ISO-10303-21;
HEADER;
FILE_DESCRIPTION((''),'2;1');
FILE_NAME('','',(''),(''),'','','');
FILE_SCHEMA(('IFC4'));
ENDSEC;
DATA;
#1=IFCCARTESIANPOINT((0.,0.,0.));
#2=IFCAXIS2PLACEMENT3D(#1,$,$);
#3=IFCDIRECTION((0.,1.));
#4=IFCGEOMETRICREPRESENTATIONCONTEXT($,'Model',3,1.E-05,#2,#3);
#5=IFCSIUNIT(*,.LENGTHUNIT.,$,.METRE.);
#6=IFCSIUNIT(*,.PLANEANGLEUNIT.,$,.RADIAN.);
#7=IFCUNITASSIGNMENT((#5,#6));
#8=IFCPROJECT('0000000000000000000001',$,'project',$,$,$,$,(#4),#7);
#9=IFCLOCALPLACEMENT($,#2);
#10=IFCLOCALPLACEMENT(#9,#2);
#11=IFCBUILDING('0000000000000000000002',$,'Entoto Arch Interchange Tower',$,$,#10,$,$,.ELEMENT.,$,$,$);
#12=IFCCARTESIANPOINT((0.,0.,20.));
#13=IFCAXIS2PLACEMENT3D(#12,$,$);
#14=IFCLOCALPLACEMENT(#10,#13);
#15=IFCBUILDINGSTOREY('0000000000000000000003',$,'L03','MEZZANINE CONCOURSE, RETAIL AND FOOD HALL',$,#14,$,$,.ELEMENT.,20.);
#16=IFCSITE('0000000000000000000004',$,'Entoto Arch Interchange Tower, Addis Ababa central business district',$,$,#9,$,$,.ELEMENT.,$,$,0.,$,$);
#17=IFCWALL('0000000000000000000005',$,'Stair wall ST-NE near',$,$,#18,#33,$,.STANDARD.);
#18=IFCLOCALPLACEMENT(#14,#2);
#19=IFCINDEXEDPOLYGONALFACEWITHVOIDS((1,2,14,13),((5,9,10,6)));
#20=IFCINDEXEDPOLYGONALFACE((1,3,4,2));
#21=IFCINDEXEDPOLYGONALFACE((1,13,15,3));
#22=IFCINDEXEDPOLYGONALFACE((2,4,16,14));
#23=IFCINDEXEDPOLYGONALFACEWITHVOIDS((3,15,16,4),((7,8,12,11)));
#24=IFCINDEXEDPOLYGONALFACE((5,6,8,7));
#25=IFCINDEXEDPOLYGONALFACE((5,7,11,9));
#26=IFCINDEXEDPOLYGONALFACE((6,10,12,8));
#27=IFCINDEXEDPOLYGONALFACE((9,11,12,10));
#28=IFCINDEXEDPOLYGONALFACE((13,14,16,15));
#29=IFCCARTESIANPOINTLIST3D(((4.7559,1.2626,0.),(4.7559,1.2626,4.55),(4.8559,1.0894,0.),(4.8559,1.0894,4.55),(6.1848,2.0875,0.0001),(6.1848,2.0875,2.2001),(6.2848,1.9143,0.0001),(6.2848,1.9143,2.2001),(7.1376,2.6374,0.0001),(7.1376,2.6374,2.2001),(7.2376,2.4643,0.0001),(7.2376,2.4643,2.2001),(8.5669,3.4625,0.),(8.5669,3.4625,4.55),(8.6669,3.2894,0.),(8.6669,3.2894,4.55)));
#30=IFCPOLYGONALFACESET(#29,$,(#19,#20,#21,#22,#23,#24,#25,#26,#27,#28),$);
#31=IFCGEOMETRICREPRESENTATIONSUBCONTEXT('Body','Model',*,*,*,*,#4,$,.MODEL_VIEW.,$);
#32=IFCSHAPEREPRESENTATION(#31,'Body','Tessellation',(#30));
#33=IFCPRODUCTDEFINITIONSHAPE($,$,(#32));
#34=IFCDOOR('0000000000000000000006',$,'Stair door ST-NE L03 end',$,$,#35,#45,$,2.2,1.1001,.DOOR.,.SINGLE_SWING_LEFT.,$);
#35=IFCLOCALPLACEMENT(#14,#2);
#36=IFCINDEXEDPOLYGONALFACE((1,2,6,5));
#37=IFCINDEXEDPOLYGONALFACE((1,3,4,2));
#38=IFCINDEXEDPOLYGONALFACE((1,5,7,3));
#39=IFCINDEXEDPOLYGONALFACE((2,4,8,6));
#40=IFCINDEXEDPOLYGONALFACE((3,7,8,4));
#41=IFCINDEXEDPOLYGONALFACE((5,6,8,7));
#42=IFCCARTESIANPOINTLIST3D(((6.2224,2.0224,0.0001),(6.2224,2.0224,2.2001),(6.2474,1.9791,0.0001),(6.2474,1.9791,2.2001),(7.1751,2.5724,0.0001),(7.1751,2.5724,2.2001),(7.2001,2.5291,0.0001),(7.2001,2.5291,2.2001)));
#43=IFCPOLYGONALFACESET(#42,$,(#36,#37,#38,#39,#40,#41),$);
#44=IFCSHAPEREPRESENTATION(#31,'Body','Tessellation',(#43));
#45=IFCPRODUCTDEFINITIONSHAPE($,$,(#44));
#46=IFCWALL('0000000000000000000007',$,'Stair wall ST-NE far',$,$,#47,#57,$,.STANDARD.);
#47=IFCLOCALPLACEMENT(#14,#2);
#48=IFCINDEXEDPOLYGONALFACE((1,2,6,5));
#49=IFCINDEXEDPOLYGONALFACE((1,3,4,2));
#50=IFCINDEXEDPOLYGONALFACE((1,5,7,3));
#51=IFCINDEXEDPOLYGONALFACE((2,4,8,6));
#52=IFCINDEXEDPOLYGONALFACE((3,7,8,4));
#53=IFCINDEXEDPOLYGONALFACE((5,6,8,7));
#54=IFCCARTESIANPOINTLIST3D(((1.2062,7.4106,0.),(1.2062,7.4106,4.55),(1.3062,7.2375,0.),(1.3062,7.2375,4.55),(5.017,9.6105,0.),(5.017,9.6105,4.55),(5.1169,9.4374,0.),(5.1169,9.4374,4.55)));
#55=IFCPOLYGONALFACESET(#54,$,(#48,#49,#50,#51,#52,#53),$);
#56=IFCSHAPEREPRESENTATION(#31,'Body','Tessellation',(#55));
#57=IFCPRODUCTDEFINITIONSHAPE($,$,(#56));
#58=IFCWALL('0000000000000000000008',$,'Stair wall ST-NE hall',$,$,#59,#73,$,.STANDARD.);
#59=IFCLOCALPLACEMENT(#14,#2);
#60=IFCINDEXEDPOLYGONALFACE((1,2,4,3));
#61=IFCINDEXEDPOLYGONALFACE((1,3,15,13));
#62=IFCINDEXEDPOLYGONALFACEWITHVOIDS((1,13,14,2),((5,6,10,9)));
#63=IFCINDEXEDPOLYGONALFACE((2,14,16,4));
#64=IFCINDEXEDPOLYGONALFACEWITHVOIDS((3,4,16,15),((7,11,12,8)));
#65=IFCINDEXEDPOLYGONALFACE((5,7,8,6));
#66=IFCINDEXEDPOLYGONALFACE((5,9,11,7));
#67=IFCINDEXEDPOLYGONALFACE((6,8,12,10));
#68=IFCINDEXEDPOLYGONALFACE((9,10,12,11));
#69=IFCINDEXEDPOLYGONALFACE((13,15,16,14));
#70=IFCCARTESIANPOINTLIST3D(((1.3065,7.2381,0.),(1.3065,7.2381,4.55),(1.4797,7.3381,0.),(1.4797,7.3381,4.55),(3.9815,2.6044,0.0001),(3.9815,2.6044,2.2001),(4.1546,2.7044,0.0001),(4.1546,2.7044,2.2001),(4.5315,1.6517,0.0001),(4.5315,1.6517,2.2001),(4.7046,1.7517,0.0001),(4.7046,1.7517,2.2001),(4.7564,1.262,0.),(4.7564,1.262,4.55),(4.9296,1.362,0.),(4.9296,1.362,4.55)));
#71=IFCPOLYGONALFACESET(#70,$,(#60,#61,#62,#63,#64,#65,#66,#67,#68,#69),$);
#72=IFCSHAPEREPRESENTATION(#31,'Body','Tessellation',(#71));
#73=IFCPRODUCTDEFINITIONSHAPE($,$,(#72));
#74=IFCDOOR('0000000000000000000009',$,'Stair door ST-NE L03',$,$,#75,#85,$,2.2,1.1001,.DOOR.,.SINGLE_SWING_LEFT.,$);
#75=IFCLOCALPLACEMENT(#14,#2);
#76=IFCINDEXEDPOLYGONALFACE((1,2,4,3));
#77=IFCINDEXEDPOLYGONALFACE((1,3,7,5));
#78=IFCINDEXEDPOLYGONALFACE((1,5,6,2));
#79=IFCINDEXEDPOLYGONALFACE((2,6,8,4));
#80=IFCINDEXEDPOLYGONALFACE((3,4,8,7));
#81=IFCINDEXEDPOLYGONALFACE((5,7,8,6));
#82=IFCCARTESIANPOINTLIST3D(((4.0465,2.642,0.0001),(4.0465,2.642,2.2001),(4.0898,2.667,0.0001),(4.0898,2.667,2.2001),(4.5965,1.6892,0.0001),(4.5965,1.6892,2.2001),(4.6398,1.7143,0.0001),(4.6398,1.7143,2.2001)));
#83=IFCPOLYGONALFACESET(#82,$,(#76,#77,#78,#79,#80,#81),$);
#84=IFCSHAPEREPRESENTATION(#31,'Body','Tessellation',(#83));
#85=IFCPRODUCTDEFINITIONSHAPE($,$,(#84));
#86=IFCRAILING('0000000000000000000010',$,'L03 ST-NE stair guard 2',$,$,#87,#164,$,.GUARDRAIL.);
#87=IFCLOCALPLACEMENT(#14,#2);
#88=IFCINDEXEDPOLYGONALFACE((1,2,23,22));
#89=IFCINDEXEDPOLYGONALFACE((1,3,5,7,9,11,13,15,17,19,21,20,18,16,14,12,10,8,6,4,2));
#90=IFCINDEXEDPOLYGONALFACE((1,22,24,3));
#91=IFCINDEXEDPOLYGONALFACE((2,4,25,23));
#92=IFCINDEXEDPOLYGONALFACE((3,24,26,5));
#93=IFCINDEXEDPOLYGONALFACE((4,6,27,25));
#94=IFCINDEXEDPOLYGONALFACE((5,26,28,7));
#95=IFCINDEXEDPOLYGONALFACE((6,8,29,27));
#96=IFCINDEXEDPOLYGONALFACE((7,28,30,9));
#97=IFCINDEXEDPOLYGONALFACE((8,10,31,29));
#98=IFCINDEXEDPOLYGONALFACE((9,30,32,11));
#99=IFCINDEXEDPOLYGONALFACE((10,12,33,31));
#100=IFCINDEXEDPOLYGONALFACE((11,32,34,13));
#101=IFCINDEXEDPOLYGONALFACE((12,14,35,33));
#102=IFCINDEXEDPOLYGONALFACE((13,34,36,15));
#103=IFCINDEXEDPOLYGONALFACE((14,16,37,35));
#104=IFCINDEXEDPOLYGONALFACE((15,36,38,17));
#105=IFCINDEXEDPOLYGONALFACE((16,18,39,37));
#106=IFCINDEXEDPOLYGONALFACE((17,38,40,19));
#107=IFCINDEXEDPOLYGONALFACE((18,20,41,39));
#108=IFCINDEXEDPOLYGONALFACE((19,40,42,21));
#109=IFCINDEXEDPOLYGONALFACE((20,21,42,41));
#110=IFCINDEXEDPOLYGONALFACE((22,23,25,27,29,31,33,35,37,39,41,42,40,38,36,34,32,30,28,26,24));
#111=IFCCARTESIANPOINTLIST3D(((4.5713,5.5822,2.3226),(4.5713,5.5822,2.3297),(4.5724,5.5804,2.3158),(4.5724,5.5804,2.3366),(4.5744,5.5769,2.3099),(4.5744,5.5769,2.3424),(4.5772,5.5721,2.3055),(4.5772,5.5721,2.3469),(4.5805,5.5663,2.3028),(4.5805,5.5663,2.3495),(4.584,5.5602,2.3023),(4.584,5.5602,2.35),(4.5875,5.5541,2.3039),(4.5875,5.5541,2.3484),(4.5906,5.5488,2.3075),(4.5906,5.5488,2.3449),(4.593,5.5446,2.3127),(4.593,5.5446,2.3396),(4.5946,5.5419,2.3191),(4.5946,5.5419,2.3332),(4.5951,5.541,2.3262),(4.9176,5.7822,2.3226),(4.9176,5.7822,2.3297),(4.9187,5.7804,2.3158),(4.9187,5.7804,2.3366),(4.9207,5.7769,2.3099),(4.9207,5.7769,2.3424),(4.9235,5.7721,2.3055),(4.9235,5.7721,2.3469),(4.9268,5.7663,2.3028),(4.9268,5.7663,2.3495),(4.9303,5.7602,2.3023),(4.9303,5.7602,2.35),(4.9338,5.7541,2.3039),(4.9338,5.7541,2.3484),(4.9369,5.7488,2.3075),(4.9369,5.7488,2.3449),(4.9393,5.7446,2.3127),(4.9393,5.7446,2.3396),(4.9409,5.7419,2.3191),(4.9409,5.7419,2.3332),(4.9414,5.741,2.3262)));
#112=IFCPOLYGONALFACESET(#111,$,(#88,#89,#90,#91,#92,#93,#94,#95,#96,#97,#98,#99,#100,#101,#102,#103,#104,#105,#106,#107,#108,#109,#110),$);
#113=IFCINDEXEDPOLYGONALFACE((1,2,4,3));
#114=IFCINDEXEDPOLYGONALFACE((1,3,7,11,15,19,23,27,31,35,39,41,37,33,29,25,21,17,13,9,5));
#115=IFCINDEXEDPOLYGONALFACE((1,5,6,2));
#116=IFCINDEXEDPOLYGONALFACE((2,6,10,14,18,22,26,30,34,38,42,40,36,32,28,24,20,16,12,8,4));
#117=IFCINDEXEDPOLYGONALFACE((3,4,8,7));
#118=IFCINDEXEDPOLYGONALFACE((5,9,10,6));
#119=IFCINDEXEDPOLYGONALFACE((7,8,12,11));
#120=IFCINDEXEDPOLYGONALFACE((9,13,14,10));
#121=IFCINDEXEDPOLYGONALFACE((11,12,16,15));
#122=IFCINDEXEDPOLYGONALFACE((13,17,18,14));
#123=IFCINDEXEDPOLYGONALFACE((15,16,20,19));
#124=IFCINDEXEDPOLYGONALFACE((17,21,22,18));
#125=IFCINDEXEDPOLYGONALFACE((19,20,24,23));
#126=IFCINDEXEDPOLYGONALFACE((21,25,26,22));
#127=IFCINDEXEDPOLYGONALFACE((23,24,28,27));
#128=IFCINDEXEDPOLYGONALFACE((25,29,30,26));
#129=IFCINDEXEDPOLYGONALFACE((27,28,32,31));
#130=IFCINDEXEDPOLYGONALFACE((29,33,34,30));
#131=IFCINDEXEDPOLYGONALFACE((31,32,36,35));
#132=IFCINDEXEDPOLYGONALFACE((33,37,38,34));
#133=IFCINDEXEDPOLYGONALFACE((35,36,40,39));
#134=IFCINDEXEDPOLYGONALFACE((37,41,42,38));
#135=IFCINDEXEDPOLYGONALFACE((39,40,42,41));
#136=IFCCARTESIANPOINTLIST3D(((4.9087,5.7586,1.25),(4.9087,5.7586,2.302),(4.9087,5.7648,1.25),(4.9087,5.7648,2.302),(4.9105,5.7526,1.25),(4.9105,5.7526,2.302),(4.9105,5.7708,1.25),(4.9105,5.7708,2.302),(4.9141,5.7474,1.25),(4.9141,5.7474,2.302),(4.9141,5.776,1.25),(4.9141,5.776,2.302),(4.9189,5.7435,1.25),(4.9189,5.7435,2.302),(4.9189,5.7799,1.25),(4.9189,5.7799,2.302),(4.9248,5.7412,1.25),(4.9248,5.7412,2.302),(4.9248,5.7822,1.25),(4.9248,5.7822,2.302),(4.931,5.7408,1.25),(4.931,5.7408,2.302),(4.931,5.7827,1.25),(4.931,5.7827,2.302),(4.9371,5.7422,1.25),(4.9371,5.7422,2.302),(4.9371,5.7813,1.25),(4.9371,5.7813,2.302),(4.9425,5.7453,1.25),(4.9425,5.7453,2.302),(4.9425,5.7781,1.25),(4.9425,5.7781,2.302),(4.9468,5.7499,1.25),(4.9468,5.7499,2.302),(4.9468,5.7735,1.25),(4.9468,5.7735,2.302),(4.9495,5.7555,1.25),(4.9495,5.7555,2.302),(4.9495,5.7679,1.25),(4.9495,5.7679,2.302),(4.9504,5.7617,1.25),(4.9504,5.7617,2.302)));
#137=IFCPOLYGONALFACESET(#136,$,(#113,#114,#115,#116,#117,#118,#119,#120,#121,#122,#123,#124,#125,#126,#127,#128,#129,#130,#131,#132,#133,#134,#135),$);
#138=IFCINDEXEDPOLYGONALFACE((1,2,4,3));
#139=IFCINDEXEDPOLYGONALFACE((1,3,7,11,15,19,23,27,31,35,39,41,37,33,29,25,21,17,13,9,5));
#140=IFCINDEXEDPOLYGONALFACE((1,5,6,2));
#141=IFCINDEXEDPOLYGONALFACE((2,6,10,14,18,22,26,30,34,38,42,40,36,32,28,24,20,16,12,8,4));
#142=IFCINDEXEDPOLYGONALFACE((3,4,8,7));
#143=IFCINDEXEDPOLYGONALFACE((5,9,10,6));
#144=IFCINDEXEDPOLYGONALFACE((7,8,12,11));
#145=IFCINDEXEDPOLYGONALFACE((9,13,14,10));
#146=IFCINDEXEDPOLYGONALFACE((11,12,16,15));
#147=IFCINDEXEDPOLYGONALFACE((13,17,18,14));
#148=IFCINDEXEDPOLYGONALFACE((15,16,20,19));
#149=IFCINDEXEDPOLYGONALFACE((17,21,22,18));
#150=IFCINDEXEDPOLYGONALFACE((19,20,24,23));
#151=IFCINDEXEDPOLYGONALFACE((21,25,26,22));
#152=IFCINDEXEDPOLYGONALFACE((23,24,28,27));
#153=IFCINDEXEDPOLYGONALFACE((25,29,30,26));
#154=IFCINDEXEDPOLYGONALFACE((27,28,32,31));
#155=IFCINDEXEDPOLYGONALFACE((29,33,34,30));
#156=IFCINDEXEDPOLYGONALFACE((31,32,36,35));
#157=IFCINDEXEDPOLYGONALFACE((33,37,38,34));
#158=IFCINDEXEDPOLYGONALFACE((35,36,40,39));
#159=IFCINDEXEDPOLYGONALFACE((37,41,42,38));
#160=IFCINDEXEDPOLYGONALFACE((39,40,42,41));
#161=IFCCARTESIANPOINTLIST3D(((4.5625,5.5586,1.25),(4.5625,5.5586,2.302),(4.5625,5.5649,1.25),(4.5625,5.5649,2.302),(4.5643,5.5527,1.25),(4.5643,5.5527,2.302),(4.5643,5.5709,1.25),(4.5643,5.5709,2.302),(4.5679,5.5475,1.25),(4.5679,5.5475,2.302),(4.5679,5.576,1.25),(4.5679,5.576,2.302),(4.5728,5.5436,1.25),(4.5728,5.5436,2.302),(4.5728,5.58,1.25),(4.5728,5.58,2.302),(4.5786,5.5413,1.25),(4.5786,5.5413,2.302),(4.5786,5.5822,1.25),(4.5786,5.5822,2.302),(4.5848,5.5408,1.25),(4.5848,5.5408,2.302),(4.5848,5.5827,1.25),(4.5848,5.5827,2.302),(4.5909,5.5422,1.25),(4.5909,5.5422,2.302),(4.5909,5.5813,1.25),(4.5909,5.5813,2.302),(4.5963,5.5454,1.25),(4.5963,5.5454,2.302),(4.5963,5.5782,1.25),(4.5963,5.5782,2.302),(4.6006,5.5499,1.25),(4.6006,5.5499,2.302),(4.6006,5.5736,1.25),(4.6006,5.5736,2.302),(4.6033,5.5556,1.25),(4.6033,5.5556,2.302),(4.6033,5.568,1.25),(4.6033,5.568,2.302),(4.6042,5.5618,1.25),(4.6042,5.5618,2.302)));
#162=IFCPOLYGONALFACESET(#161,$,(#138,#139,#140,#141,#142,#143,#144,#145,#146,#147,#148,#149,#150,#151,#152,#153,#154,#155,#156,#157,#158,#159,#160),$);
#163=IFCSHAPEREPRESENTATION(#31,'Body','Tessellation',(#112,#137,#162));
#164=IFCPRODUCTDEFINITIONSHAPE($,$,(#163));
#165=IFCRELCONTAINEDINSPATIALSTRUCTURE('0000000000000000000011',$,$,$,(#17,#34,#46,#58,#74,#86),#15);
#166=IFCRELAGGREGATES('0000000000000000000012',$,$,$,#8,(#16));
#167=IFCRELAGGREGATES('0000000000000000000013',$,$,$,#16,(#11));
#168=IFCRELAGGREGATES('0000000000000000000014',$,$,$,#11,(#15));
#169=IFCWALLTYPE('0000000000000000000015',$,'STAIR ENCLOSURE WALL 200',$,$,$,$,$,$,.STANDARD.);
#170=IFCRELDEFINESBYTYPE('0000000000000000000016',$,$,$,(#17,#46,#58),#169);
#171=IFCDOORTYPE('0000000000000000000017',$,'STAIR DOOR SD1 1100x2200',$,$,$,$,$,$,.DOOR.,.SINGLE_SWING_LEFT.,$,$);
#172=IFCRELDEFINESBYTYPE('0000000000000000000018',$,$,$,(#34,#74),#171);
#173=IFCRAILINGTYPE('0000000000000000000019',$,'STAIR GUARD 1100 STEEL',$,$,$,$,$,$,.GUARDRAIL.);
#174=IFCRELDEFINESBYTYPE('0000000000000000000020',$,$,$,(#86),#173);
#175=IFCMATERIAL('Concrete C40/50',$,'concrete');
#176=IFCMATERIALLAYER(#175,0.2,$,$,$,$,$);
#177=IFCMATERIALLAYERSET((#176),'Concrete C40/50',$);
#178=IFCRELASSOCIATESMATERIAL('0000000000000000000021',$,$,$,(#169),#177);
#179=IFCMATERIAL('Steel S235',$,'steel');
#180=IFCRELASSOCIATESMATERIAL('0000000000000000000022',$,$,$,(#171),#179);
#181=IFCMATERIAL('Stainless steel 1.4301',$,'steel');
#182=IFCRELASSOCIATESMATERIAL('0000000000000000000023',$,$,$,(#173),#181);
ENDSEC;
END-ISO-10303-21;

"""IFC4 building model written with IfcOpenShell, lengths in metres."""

from ifc_helpers import new_model, si_unit, direction, frame, frame_2d, origin, origin_2d, place, context, subcontext, project, spatial, rectangle, circle, extrude, material, layer, layer_set, type_object, element, fill, save


model = new_model("IFC4")

# Units and contexts
model_context = context("Model", 3, precision=1e-05, world=origin(), true_north=direction((0.0, 1.0)))
body_context = subcontext(model_context, "Body", "Model", "MODEL_VIEW")
ifc_project = project(units=[si_unit("LENGTHUNIT", "METRE"), si_unit("PLANEANGLEUNIT", "RADIAN")], contexts=[model_context])

# Site, building, storey
site_placement = place(None, origin())
site = spatial("IfcSite", under=ifc_project, at=site_placement, Name="Entoto Arch Interchange Tower, Addis Ababa central business district", CompositionType="ELEMENT", RefElevation=0.0)
building_placement = place(site_placement, origin())
building = spatial("IfcBuilding", under=site, at=building_placement, Name="Entoto Arch Interchange Tower", CompositionType="ELEMENT")
storey_placement = place(building_placement, frame((0.0, 0.0, 20.0)))
storey = spatial("IfcBuildingStorey", under=building, at=storey_placement, Name="L03", Description="MEZZANINE CONCOURSE, RETAIL AND FOOD HALL", CompositionType="ELEMENT", Elevation=20.0)

# Shared definitions
ifc_material_1 = material(Name="Concrete C40/50", Category="concrete")

# Wall, opening, door
ifc_layer_1 = layer(ifc_material_1, 0.2)
ifc_layer_set_1 = layer_set([ifc_layer_1], Name="Concrete C40/50")
wall_type_1 = type_object("IfcWallType", Name="STAIR ENCLOSURE WALL 200", PredefinedType="STANDARD", material=ifc_layer_set_1)
wall_1_placement = place(storey_placement, frame((4.8059, 1.176, 0.0), z_axis=(0.0, 0.0, 1.0), x_axis=(0.86606, 0.49994, 0.0)))
wall_1 = element("IfcWall", 1, at=wall_1_placement, inside=storey, type_object=wall_type_1, Name="Stair wall ST-NE near", PredefinedType="STANDARD", context=body_context, shape_type="SweptSolid", body=[
    extrude(rectangle(XDim=4.4004, YDim=0.2, at=frame_2d((2.2002, 0.0))), origin(), (0.0, 0.0, 1.0), 4.55),
])
opening_1_placement = place(wall_1_placement, frame((1.6499, 0.0, 0.0)))
opening_1 = element("IfcOpeningElement", 2, at=opening_1_placement, cuts=wall_1, PredefinedType="OPENING", context=body_context, shape_type="SweptSolid", body=[
    extrude(rectangle(XDim=1.1001, YDim=2.2, at=frame_2d((0.55, 1.1001))), frame((0.0, 0.1099, 0.0), z_axis=(0.0, -1.0, 0.0), x_axis=(1.0, 0.0, 0.0)), (0.0, 0.0, 1.0), 0.22),
])
ifc_material_2 = material(Name="Steel S235", Category="steel")
door_type = type_object("IfcDoorType", Name="STAIR DOOR SD1 1100x2200", OperationType="SINGLE_SWING_LEFT", PredefinedType="DOOR", material=ifc_material_2)
door_1_placement = place(opening_1_placement, origin())
door_1 = element("IfcDoor", 3, at=door_1_placement, inside=storey, type_object=door_type, Name="Stair door ST-NE L03 end", OperationType="SINGLE_SWING_LEFT", OverallHeight=2.2, OverallWidth=1.1001, PredefinedType="DOOR", context=body_context, shape_type="SweptSolid", body=[
    extrude(rectangle(XDim=1.1001, YDim=2.2, at=frame_2d((0.55, 1.1001))), frame((0.0, 0.0249, 0.0), z_axis=(0.0, -1.0, 0.0), x_axis=(1.0, 0.0, 0.0)), (0.0, 0.0, 1.0), 0.05),
])
fill(opening_1, door_1)

# Wall
wall_2_placement = place(storey_placement, frame((1.2561, 7.324, 0.0), z_axis=(0.0, 0.0, 1.0), x_axis=(0.866046, 0.499964, 0.0)))
element("IfcWall", 4, at=wall_2_placement, inside=storey, type_object=wall_type_1, Name="Stair wall ST-NE far", PredefinedType="STANDARD", context=body_context, shape_type="SweptSolid", body=[
    extrude(rectangle(XDim=4.4001, YDim=0.2, at=frame_2d((2.2002, 0.0))), origin(), (0.0, 0.0, 1.0), 4.55),
])

# Wall, opening, door
wall_3_placement = place(storey_placement, frame((4.843, 1.312, 0.0), z_axis=(0.0, 0.0, 1.0), x_axis=(-0.499963, 0.866047, 0.0)))
wall_3 = element("IfcWall", 5, at=wall_3_placement, inside=storey, type_object=wall_type_1, Name="Stair wall ST-NE hall", PredefinedType="STANDARD", context=body_context, shape_type="SweptSolid", body=[
    extrude(rectangle(XDim=6.9004, YDim=0.2, at=frame_2d((3.4502, 0.0))), origin(), (0.0, 0.0, 1.0), 4.55),
])
opening_2_placement = place(wall_3_placement, frame((0.45, 0.0, 0.0)))
opening_2 = element("IfcOpeningElement", 6, at=opening_2_placement, cuts=wall_3, PredefinedType="OPENING", context=body_context, shape_type="SweptSolid", body=[
    extrude(rectangle(XDim=1.1001, YDim=2.2, at=frame_2d((0.55, 1.1001))), frame((0.0, 0.1099, 0.0), z_axis=(0.0, -1.0, 0.0), x_axis=(1.0, 0.0, 0.0)), (0.0, 0.0, 1.0), 0.22),
])
door_2_placement = place(opening_2_placement, origin())
door_2 = element("IfcDoor", 7, at=door_2_placement, inside=storey, type_object=door_type, Name="Stair door ST-NE L03", OperationType="SINGLE_SWING_LEFT", OverallHeight=2.2, OverallWidth=1.1001, PredefinedType="DOOR", context=body_context, shape_type="SweptSolid", body=[
    extrude(rectangle(XDim=1.1001, YDim=2.2, at=frame_2d((0.55, 1.1001))), frame((0.0, 0.0249, 0.0), z_axis=(0.0, -1.0, 0.0), x_axis=(1.0, 0.0, 0.0)), (0.0, 0.0, 1.0), 0.05),
])
fill(opening_2, door_2)

# Railing
ifc_material_3 = material(Name="Stainless steel 1.4301", Category="steel")
railing_type_1 = type_object("IfcRailingType", Name="STAIR GUARD 1100 STEEL", PredefinedType="GUARDRAIL", material=ifc_material_3)
railing_1_placement = place(storey_placement, frame((4.9294, 5.7617, 1.25)))
element("IfcRailing", 8, at=railing_1_placement, inside=storey, type_object=railing_type_1, Name="L03 ST-NE stair guard 2", PredefinedType="GUARDRAIL", context=body_context, shape_type="SweptSolid", body=[
    extrude(circle(Radius=0.0239, at=origin_2d()), frame((0.0, 0.0, 1.0762), z_axis=(-0.865941, -0.500145, 0.0), x_axis=(0.500145, -0.865941, 0.0)), (0.0, 0.0, 1.0), 0.3999),
    extrude(circle(Radius=0.021, at=origin_2d()), origin(), (0.0, 0.0, 1.0), 1.052),
    extrude(circle(Radius=0.021, at=origin_2d()), frame((-0.3462, -0.2, 0.0)), (0.0, 0.0, 1.0), 1.052),
])

save(model, "model.ifc")
